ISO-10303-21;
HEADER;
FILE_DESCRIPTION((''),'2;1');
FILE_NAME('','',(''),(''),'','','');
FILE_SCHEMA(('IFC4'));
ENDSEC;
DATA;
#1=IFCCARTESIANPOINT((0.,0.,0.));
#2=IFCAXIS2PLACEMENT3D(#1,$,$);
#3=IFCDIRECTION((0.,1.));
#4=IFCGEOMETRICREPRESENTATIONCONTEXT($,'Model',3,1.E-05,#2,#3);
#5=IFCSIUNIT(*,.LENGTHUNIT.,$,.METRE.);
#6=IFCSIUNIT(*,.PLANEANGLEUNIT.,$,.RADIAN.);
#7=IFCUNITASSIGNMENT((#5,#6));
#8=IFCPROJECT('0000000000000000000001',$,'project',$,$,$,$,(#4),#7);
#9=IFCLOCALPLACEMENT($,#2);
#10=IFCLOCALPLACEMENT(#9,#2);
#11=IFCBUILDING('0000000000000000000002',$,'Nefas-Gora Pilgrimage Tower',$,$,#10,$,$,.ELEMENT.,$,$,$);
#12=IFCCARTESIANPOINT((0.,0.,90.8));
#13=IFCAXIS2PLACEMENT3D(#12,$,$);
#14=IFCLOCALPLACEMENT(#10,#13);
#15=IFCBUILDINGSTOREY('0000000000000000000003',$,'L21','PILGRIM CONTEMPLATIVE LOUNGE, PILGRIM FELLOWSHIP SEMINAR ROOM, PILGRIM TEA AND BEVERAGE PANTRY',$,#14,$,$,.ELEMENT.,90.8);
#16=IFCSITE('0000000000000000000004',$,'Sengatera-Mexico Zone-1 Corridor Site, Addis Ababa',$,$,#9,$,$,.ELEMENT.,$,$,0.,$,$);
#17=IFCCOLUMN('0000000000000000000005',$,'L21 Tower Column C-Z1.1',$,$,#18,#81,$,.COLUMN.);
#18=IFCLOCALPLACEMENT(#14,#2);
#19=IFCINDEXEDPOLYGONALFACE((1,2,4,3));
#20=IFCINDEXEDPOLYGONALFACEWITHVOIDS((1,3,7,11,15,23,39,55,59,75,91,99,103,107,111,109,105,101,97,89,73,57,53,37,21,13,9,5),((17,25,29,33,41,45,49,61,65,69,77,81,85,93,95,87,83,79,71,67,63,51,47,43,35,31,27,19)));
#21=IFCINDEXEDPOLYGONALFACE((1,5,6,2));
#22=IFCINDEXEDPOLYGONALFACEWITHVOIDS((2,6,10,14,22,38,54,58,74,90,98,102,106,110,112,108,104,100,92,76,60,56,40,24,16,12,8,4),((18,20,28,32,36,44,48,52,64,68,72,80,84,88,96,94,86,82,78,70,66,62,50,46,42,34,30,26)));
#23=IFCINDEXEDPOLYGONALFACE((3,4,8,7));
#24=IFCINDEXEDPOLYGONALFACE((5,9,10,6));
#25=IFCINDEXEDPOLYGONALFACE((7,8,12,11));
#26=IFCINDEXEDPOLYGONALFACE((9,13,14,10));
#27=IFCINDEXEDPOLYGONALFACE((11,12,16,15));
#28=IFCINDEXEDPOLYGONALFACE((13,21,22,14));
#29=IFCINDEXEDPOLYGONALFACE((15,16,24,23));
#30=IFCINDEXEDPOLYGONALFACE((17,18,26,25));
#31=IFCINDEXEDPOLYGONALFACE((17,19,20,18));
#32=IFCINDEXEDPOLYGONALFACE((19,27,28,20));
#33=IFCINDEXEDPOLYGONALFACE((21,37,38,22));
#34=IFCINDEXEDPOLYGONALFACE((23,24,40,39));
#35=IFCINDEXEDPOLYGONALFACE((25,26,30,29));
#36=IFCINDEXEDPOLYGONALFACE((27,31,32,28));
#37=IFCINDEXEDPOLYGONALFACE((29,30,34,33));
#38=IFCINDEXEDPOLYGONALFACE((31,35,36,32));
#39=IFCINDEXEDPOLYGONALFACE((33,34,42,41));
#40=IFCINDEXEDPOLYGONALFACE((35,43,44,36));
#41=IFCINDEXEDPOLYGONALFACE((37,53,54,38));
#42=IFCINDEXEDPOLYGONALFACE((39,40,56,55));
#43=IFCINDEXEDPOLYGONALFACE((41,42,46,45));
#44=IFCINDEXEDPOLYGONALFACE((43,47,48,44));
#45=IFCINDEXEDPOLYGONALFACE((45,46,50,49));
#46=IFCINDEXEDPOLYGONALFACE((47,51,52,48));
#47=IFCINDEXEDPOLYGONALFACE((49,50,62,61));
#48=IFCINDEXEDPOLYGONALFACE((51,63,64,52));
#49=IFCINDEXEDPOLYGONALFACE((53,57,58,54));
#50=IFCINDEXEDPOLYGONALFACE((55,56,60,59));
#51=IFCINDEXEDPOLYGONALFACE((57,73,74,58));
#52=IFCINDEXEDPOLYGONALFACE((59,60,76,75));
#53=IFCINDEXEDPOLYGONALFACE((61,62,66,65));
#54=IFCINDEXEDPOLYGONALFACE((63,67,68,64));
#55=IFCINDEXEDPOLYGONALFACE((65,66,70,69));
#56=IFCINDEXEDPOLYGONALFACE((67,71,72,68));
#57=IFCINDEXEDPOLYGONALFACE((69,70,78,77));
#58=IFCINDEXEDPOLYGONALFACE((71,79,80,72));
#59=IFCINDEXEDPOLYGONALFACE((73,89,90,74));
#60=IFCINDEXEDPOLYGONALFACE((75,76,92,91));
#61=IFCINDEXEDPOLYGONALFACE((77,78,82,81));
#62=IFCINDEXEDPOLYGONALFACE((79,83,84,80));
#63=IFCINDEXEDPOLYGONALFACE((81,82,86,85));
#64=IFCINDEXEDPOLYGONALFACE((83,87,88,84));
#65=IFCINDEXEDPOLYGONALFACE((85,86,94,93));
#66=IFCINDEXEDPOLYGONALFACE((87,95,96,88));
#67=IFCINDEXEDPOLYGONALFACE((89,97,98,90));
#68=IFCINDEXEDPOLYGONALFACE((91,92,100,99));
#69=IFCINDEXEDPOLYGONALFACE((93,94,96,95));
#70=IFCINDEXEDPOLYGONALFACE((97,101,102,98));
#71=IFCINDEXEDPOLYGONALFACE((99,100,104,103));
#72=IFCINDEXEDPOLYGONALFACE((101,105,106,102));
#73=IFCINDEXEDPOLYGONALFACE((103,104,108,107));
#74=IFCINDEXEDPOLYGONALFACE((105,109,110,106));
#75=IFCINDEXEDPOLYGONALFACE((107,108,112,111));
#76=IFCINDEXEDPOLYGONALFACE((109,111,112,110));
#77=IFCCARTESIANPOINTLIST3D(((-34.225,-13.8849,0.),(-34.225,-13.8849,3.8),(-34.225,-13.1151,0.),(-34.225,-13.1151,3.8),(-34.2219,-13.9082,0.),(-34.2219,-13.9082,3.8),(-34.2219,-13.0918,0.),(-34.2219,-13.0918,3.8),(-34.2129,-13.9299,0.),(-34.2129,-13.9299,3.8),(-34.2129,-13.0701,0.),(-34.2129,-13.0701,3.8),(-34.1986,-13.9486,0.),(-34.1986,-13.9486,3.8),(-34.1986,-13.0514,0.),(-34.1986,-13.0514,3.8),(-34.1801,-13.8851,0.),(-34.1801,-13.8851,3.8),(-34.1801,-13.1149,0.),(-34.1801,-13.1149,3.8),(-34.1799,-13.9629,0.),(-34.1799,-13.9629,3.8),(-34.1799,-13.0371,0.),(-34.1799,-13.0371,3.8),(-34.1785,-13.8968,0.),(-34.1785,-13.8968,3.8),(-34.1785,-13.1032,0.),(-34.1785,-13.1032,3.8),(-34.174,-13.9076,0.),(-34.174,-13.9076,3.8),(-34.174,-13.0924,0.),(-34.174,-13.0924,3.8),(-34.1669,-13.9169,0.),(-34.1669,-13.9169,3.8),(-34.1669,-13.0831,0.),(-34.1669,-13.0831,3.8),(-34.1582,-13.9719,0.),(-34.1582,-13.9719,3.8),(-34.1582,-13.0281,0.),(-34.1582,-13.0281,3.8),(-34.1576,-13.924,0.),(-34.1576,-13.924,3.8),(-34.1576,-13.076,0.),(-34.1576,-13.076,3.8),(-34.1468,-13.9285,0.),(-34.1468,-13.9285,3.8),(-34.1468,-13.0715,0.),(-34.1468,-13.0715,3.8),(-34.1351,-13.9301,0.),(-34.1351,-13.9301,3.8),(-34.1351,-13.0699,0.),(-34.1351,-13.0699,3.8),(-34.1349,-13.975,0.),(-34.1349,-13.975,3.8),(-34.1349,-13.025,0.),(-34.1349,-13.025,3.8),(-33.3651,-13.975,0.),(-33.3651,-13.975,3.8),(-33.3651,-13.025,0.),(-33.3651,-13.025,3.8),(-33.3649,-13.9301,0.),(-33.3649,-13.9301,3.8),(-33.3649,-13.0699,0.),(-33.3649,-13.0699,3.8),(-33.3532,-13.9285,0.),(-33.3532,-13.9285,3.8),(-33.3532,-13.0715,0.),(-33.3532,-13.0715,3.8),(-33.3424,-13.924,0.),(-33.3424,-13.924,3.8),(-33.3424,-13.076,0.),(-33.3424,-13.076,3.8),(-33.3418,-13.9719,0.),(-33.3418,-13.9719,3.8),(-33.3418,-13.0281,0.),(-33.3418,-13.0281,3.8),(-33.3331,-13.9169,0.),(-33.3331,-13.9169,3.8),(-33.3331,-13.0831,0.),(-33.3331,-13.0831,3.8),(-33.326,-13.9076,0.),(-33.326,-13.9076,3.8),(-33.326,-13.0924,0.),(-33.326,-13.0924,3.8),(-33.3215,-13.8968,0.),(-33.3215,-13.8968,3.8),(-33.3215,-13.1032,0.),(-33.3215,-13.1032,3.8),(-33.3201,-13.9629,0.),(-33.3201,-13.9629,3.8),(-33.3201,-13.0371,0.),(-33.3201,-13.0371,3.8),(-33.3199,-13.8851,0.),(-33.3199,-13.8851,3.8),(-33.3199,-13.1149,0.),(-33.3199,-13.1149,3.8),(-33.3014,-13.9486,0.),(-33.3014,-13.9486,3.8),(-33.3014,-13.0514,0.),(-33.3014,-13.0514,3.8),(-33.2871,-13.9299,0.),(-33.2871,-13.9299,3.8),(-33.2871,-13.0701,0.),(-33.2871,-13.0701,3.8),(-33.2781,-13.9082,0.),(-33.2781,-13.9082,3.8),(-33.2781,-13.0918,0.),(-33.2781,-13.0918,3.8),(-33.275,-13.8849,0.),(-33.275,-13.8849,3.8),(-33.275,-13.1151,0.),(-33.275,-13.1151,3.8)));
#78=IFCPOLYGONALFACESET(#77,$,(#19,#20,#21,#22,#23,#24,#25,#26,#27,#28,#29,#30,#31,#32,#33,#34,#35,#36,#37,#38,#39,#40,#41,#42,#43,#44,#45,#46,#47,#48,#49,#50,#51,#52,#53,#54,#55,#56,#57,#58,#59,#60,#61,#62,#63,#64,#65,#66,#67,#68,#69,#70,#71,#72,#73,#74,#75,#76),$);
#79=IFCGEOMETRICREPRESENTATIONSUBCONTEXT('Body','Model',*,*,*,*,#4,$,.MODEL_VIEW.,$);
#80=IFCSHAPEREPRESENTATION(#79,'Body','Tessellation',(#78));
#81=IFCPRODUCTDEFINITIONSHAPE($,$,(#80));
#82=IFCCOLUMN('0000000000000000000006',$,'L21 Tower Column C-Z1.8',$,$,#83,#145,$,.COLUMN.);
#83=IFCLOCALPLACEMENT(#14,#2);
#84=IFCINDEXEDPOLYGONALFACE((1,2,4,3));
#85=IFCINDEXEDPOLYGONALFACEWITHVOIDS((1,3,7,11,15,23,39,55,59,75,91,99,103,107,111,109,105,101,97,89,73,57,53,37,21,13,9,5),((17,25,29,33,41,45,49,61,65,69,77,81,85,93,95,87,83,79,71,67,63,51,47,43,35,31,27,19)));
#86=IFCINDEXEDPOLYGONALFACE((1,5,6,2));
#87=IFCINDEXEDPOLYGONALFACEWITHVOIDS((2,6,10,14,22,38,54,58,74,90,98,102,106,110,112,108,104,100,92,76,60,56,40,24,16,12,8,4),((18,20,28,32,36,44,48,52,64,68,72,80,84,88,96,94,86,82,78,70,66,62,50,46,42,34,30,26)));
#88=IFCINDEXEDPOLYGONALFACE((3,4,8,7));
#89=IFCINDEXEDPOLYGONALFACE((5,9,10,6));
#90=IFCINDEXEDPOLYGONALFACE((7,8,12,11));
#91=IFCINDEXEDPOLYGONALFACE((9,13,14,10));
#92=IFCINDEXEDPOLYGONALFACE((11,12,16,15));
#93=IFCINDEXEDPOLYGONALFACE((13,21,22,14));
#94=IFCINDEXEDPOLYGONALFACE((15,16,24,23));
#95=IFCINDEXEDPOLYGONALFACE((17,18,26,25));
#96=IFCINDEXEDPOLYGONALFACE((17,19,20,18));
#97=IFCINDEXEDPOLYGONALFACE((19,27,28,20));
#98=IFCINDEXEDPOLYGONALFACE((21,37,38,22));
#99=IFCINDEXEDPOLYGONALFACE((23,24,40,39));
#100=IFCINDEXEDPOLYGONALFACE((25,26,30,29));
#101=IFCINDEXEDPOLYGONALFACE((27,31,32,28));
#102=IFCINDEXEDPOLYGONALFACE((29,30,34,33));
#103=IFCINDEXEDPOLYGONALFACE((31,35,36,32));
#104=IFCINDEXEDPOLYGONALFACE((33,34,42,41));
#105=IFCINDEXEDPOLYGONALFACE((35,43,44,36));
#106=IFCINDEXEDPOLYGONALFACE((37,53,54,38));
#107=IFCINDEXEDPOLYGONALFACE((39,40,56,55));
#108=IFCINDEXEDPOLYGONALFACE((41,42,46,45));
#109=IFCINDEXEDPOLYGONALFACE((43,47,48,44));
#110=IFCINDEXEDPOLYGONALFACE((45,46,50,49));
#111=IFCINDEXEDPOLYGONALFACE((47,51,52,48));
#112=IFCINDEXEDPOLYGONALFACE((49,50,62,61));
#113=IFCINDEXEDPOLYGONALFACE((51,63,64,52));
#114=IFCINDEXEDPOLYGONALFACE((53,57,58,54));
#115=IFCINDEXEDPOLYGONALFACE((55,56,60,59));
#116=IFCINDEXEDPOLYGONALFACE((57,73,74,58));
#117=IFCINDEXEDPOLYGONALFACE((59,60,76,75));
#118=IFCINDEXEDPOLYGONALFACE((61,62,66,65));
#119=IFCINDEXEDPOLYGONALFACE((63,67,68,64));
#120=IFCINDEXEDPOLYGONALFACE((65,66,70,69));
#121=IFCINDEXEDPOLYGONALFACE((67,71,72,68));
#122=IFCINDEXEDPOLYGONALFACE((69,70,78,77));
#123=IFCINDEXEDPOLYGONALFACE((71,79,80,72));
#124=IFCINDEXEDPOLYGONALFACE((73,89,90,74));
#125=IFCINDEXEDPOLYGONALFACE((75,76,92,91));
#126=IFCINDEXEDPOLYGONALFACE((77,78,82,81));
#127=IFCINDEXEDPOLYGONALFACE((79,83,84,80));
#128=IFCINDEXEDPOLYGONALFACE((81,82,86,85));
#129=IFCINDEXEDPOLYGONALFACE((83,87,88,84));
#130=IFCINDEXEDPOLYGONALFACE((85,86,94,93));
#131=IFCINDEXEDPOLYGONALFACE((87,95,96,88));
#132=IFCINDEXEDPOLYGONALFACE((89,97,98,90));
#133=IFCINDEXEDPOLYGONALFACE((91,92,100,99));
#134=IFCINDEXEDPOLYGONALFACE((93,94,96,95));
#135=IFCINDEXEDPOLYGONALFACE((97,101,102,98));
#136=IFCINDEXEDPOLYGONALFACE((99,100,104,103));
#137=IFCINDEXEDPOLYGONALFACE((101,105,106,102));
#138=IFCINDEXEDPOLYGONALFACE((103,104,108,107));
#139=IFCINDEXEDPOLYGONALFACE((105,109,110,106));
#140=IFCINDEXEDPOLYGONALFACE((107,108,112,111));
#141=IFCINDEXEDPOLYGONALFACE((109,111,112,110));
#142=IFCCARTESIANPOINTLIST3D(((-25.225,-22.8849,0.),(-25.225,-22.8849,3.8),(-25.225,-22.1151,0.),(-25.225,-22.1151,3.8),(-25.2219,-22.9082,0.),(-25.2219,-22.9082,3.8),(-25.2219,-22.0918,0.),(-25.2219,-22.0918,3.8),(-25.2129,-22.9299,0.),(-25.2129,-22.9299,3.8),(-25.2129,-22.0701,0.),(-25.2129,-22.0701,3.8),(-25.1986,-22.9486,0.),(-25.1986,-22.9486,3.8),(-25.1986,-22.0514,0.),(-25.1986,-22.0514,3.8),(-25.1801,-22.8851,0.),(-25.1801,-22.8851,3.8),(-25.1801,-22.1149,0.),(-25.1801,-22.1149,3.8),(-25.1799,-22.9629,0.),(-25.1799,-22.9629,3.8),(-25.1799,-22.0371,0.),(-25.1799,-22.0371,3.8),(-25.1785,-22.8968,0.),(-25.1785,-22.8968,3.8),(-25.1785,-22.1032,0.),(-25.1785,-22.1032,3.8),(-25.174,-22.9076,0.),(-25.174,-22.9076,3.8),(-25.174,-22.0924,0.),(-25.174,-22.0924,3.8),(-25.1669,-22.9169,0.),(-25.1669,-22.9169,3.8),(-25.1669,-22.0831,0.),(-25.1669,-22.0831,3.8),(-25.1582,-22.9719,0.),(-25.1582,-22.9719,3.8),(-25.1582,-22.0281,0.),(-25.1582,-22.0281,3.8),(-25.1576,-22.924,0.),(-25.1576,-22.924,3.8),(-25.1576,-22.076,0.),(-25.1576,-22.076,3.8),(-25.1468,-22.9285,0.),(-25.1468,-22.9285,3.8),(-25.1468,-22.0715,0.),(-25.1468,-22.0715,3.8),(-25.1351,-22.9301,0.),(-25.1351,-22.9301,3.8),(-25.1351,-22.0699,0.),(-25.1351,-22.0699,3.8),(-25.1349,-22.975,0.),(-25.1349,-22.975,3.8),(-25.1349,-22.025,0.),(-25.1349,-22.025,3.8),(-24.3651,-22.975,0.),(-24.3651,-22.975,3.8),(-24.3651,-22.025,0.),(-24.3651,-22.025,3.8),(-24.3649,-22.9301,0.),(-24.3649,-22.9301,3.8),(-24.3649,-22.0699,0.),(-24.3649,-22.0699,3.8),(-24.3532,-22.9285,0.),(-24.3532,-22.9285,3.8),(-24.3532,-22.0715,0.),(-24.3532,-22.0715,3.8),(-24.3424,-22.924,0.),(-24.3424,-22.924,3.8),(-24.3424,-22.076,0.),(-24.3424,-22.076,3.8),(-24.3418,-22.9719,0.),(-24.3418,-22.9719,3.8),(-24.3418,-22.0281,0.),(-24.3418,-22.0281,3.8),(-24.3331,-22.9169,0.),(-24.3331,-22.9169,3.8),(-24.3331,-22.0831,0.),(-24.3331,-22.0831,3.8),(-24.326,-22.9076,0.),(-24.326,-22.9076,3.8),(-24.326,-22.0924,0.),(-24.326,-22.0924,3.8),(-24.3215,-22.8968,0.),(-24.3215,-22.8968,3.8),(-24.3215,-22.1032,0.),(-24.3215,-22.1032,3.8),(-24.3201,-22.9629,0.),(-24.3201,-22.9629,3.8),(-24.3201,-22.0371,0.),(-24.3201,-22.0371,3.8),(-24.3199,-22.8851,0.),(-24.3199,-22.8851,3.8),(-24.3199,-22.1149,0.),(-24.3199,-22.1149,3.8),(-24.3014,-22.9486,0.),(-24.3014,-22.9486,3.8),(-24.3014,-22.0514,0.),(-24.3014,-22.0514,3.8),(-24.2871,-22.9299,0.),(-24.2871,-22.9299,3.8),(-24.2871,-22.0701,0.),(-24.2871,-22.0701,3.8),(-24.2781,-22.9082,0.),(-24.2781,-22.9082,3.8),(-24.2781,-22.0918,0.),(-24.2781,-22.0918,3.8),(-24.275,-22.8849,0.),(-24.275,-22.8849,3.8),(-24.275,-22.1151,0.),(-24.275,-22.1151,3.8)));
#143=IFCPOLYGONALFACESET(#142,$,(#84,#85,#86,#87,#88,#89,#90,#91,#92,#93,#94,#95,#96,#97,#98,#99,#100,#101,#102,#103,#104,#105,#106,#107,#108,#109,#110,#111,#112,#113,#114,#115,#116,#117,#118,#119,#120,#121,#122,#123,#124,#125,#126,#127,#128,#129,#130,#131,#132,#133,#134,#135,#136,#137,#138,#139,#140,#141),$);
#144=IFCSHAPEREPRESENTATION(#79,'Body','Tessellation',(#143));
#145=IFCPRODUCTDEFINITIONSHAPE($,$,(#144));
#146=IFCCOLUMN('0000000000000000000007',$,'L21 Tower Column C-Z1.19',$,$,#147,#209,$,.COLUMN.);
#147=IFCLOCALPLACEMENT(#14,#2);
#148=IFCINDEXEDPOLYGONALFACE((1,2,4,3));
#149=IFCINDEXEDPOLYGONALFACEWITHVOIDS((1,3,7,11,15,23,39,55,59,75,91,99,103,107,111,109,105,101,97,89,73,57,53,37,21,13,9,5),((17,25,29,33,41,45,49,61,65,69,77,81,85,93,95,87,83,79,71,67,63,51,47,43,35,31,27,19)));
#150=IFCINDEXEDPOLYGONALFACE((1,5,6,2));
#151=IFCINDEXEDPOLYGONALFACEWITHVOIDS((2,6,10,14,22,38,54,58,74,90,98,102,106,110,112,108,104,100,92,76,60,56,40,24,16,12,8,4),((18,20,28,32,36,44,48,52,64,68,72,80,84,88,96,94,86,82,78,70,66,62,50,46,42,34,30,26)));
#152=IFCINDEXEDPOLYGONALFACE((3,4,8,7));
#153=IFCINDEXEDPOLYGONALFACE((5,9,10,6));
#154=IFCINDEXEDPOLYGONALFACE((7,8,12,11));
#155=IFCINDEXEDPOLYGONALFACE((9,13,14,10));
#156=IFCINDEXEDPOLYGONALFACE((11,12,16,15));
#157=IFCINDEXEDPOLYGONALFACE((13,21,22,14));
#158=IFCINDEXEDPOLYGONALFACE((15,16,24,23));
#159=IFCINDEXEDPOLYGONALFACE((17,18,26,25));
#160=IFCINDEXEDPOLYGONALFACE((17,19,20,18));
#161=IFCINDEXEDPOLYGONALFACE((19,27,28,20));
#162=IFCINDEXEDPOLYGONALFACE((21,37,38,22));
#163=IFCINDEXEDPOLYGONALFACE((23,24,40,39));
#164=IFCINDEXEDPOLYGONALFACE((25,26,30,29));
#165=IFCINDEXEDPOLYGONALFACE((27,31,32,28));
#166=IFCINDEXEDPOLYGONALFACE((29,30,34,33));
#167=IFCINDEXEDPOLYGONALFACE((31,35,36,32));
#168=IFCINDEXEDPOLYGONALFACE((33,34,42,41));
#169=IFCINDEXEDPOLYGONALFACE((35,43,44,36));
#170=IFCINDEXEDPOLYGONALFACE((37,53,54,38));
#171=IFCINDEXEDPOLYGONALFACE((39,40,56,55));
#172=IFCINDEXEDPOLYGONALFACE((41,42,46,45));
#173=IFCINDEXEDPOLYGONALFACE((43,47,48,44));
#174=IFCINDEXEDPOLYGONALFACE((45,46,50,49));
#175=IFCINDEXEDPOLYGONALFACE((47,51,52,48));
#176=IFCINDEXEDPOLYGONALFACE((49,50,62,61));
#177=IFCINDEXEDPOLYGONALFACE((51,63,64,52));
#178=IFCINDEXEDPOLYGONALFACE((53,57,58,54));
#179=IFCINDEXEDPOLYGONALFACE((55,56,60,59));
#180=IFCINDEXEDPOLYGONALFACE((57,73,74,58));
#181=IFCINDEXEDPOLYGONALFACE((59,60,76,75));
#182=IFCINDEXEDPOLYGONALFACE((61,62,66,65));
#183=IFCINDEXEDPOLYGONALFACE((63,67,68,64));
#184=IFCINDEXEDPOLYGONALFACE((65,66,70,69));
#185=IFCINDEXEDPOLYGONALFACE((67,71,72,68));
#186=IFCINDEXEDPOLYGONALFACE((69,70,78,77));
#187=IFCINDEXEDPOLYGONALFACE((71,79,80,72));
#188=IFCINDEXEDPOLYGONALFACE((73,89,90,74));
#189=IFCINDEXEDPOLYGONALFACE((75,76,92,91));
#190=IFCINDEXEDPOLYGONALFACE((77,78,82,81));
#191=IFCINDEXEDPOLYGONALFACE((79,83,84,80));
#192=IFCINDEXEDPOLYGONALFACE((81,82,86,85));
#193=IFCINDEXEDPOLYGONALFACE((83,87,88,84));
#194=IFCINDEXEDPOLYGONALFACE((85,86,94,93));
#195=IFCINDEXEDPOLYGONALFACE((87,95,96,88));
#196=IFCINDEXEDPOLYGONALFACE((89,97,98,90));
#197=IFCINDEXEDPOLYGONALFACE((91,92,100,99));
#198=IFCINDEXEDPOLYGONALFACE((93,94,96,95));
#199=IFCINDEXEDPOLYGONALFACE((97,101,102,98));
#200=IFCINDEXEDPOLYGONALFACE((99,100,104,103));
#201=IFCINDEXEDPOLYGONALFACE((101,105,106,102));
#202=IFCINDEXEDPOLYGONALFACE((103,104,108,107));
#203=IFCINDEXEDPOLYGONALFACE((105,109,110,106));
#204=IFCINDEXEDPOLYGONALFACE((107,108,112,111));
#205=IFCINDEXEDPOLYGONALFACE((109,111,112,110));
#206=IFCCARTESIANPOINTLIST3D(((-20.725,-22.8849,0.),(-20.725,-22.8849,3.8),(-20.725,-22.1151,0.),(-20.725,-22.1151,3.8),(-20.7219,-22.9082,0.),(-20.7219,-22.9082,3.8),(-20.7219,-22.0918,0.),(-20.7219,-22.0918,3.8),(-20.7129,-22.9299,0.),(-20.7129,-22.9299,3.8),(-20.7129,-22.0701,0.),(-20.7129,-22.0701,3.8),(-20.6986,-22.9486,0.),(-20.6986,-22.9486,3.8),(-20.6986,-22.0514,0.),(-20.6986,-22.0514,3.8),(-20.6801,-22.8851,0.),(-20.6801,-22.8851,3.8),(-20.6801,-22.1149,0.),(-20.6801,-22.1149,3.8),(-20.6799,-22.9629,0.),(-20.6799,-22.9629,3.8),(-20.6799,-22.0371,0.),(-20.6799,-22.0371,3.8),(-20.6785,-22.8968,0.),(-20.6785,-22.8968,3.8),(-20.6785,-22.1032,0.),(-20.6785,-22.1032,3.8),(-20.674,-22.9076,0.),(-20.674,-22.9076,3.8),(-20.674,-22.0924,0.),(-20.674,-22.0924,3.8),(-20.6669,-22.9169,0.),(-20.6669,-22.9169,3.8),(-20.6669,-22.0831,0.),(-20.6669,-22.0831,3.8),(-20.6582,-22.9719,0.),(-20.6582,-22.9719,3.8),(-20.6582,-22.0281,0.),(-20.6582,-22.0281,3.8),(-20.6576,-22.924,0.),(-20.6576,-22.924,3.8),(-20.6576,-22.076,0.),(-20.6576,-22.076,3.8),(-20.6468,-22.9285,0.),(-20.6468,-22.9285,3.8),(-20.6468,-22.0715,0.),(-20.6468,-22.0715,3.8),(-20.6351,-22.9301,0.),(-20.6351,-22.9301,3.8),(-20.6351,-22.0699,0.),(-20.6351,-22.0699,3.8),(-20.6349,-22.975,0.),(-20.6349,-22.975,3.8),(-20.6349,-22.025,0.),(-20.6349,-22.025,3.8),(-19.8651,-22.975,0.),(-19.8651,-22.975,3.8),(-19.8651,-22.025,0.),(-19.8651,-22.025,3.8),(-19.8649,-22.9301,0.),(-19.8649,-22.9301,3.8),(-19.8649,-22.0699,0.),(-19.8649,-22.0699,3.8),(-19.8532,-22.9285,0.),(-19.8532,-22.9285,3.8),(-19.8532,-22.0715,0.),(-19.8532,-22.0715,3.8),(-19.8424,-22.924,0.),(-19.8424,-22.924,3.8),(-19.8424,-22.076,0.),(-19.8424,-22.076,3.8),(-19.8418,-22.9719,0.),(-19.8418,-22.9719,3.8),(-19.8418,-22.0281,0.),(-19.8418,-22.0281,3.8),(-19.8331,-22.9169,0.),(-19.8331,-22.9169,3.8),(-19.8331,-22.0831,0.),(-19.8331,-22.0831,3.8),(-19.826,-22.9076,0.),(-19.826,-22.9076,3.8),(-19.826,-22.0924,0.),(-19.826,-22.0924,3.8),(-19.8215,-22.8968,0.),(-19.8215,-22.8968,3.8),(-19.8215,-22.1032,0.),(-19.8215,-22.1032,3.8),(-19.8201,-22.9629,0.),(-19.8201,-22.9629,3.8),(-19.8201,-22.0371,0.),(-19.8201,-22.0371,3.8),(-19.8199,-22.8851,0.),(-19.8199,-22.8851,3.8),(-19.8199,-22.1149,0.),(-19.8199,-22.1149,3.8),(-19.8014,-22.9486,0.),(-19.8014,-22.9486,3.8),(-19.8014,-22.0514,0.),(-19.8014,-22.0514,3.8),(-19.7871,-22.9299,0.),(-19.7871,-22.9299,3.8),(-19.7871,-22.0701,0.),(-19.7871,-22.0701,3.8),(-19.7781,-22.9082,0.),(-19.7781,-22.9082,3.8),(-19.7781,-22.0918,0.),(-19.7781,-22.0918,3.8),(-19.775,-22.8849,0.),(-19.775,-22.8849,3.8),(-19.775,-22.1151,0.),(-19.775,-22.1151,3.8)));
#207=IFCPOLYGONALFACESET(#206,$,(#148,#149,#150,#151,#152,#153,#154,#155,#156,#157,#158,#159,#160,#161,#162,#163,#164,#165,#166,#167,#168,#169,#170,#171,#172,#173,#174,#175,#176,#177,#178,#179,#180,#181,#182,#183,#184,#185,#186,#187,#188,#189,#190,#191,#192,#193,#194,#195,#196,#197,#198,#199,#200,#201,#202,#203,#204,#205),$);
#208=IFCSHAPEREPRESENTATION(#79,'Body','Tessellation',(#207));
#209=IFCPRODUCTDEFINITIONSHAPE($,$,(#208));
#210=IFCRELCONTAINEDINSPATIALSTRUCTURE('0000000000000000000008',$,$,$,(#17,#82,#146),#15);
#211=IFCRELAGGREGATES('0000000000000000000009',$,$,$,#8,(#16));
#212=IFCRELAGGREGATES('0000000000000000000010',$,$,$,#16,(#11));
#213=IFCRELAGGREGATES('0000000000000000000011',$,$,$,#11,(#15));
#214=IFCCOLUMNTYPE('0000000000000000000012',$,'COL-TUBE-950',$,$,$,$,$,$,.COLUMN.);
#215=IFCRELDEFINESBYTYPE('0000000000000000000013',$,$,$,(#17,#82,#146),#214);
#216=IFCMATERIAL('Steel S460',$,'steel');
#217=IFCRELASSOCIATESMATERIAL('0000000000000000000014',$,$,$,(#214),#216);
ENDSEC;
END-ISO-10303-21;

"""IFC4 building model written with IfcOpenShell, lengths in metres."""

from ifc_helpers import new_model, si_unit, direction, frame, origin, origin_2d, place, context, subcontext, project, spatial, hollow_rectangle, extrude, source, transform, mapped, material, material_profile, profile_set, type_object, element, save


model = new_model("IFC4")

# Units and contexts
model_context = context("Model", 3, precision=1e-05, world=origin(), true_north=direction((0.0, 1.0)))
body_context = subcontext(model_context, "Body", "Model", "MODEL_VIEW")
ifc_project = project(units=[si_unit("LENGTHUNIT", "METRE"), si_unit("PLANEANGLEUNIT", "RADIAN")], contexts=[model_context])

# Site, building, storey
site_placement = place(None, origin())
site = spatial("IfcSite", under=ifc_project, at=site_placement, Name="Sengatera-Mexico Zone-1 Corridor Site, Addis Ababa", CompositionType="ELEMENT", RefElevation=0.0)
building_placement = place(site_placement, origin())
building = spatial("IfcBuilding", under=site, at=building_placement, Name="Nefas-Gora Pilgrimage Tower", CompositionType="ELEMENT")
storey_placement = place(building_placement, frame((0.0, 0.0, 90.8)))
storey = spatial("IfcBuildingStorey", under=building, at=storey_placement, Name="L21", Description="PILGRIM CONTEMPLATIVE LOUNGE, PILGRIM FELLOWSHIP SEMINAR ROOM, PILGRIM TEA AND BEVERAGE PANTRY", CompositionType="ELEMENT", Elevation=90.8)

# Columns
ifc_material_1 = material(Name="Steel S460", Category="steel")
ifc_material_profile_1 = material_profile(ifc_material_1, hollow_rectangle(XDim=0.95, YDim=0.95, WallThickness=0.0449, InnerFilletRadius=0.0449, OuterFilletRadius=0.0901, at=origin_2d()), Name="BOX 950x950x45")
ifc_profile_set_1 = profile_set([ifc_material_profile_1], Name="Steel S460")
column_type_1 = type_object("IfcColumnType", Name="COL-TUBE-950", PredefinedType="COLUMN", material=ifc_profile_set_1)
shared_shape_1 = source(origin(), body_context, "Body", "SweptSolid", [
    extrude(hollow_rectangle(XDim=0.95, YDim=0.95, WallThickness=0.0449, InnerFilletRadius=0.0449, OuterFilletRadius=0.0901, at=origin_2d()), origin(), (0.0, 0.0, 1.0), 3.8),
])
for number, where, z_axis, x_axis, name in (
    (1, (-33.75, -13.5, 0.0), (0.0, 0.0, 1.0), (1.0, 0.0, 0.0), "L21 Tower Column C-Z1.1"),
    (2, (-24.75, -22.5, 0.0), (0.0, 0.0, 1.0), (1.0, 0.0, 0.0), "L21 Tower Column C-Z1.8"),
    (3, (-20.25, -22.5, 0.0), (0.0, 0.0, 1.0), (1.0, 0.0, 0.0), "L21 Tower Column C-Z1.19"),
):
    element("IfcColumn", number, at=place(storey_placement, frame(where, z_axis=z_axis, x_axis=x_axis)), inside=storey, type_object=column_type_1, Name=name, PredefinedType="COLUMN", context=body_context, shape_type="MappedRepresentation", body=[
        mapped(shared_shape_1, transform((0.0, 0.0, 0.0), x_axis=(1.0, 0.0, 0.0), y_axis=(0.0, 1.0, 0.0), z_axis=(0.0, 0.0, 1.0), scale=1.0)),
    ])

save(model, "model.ifc")
